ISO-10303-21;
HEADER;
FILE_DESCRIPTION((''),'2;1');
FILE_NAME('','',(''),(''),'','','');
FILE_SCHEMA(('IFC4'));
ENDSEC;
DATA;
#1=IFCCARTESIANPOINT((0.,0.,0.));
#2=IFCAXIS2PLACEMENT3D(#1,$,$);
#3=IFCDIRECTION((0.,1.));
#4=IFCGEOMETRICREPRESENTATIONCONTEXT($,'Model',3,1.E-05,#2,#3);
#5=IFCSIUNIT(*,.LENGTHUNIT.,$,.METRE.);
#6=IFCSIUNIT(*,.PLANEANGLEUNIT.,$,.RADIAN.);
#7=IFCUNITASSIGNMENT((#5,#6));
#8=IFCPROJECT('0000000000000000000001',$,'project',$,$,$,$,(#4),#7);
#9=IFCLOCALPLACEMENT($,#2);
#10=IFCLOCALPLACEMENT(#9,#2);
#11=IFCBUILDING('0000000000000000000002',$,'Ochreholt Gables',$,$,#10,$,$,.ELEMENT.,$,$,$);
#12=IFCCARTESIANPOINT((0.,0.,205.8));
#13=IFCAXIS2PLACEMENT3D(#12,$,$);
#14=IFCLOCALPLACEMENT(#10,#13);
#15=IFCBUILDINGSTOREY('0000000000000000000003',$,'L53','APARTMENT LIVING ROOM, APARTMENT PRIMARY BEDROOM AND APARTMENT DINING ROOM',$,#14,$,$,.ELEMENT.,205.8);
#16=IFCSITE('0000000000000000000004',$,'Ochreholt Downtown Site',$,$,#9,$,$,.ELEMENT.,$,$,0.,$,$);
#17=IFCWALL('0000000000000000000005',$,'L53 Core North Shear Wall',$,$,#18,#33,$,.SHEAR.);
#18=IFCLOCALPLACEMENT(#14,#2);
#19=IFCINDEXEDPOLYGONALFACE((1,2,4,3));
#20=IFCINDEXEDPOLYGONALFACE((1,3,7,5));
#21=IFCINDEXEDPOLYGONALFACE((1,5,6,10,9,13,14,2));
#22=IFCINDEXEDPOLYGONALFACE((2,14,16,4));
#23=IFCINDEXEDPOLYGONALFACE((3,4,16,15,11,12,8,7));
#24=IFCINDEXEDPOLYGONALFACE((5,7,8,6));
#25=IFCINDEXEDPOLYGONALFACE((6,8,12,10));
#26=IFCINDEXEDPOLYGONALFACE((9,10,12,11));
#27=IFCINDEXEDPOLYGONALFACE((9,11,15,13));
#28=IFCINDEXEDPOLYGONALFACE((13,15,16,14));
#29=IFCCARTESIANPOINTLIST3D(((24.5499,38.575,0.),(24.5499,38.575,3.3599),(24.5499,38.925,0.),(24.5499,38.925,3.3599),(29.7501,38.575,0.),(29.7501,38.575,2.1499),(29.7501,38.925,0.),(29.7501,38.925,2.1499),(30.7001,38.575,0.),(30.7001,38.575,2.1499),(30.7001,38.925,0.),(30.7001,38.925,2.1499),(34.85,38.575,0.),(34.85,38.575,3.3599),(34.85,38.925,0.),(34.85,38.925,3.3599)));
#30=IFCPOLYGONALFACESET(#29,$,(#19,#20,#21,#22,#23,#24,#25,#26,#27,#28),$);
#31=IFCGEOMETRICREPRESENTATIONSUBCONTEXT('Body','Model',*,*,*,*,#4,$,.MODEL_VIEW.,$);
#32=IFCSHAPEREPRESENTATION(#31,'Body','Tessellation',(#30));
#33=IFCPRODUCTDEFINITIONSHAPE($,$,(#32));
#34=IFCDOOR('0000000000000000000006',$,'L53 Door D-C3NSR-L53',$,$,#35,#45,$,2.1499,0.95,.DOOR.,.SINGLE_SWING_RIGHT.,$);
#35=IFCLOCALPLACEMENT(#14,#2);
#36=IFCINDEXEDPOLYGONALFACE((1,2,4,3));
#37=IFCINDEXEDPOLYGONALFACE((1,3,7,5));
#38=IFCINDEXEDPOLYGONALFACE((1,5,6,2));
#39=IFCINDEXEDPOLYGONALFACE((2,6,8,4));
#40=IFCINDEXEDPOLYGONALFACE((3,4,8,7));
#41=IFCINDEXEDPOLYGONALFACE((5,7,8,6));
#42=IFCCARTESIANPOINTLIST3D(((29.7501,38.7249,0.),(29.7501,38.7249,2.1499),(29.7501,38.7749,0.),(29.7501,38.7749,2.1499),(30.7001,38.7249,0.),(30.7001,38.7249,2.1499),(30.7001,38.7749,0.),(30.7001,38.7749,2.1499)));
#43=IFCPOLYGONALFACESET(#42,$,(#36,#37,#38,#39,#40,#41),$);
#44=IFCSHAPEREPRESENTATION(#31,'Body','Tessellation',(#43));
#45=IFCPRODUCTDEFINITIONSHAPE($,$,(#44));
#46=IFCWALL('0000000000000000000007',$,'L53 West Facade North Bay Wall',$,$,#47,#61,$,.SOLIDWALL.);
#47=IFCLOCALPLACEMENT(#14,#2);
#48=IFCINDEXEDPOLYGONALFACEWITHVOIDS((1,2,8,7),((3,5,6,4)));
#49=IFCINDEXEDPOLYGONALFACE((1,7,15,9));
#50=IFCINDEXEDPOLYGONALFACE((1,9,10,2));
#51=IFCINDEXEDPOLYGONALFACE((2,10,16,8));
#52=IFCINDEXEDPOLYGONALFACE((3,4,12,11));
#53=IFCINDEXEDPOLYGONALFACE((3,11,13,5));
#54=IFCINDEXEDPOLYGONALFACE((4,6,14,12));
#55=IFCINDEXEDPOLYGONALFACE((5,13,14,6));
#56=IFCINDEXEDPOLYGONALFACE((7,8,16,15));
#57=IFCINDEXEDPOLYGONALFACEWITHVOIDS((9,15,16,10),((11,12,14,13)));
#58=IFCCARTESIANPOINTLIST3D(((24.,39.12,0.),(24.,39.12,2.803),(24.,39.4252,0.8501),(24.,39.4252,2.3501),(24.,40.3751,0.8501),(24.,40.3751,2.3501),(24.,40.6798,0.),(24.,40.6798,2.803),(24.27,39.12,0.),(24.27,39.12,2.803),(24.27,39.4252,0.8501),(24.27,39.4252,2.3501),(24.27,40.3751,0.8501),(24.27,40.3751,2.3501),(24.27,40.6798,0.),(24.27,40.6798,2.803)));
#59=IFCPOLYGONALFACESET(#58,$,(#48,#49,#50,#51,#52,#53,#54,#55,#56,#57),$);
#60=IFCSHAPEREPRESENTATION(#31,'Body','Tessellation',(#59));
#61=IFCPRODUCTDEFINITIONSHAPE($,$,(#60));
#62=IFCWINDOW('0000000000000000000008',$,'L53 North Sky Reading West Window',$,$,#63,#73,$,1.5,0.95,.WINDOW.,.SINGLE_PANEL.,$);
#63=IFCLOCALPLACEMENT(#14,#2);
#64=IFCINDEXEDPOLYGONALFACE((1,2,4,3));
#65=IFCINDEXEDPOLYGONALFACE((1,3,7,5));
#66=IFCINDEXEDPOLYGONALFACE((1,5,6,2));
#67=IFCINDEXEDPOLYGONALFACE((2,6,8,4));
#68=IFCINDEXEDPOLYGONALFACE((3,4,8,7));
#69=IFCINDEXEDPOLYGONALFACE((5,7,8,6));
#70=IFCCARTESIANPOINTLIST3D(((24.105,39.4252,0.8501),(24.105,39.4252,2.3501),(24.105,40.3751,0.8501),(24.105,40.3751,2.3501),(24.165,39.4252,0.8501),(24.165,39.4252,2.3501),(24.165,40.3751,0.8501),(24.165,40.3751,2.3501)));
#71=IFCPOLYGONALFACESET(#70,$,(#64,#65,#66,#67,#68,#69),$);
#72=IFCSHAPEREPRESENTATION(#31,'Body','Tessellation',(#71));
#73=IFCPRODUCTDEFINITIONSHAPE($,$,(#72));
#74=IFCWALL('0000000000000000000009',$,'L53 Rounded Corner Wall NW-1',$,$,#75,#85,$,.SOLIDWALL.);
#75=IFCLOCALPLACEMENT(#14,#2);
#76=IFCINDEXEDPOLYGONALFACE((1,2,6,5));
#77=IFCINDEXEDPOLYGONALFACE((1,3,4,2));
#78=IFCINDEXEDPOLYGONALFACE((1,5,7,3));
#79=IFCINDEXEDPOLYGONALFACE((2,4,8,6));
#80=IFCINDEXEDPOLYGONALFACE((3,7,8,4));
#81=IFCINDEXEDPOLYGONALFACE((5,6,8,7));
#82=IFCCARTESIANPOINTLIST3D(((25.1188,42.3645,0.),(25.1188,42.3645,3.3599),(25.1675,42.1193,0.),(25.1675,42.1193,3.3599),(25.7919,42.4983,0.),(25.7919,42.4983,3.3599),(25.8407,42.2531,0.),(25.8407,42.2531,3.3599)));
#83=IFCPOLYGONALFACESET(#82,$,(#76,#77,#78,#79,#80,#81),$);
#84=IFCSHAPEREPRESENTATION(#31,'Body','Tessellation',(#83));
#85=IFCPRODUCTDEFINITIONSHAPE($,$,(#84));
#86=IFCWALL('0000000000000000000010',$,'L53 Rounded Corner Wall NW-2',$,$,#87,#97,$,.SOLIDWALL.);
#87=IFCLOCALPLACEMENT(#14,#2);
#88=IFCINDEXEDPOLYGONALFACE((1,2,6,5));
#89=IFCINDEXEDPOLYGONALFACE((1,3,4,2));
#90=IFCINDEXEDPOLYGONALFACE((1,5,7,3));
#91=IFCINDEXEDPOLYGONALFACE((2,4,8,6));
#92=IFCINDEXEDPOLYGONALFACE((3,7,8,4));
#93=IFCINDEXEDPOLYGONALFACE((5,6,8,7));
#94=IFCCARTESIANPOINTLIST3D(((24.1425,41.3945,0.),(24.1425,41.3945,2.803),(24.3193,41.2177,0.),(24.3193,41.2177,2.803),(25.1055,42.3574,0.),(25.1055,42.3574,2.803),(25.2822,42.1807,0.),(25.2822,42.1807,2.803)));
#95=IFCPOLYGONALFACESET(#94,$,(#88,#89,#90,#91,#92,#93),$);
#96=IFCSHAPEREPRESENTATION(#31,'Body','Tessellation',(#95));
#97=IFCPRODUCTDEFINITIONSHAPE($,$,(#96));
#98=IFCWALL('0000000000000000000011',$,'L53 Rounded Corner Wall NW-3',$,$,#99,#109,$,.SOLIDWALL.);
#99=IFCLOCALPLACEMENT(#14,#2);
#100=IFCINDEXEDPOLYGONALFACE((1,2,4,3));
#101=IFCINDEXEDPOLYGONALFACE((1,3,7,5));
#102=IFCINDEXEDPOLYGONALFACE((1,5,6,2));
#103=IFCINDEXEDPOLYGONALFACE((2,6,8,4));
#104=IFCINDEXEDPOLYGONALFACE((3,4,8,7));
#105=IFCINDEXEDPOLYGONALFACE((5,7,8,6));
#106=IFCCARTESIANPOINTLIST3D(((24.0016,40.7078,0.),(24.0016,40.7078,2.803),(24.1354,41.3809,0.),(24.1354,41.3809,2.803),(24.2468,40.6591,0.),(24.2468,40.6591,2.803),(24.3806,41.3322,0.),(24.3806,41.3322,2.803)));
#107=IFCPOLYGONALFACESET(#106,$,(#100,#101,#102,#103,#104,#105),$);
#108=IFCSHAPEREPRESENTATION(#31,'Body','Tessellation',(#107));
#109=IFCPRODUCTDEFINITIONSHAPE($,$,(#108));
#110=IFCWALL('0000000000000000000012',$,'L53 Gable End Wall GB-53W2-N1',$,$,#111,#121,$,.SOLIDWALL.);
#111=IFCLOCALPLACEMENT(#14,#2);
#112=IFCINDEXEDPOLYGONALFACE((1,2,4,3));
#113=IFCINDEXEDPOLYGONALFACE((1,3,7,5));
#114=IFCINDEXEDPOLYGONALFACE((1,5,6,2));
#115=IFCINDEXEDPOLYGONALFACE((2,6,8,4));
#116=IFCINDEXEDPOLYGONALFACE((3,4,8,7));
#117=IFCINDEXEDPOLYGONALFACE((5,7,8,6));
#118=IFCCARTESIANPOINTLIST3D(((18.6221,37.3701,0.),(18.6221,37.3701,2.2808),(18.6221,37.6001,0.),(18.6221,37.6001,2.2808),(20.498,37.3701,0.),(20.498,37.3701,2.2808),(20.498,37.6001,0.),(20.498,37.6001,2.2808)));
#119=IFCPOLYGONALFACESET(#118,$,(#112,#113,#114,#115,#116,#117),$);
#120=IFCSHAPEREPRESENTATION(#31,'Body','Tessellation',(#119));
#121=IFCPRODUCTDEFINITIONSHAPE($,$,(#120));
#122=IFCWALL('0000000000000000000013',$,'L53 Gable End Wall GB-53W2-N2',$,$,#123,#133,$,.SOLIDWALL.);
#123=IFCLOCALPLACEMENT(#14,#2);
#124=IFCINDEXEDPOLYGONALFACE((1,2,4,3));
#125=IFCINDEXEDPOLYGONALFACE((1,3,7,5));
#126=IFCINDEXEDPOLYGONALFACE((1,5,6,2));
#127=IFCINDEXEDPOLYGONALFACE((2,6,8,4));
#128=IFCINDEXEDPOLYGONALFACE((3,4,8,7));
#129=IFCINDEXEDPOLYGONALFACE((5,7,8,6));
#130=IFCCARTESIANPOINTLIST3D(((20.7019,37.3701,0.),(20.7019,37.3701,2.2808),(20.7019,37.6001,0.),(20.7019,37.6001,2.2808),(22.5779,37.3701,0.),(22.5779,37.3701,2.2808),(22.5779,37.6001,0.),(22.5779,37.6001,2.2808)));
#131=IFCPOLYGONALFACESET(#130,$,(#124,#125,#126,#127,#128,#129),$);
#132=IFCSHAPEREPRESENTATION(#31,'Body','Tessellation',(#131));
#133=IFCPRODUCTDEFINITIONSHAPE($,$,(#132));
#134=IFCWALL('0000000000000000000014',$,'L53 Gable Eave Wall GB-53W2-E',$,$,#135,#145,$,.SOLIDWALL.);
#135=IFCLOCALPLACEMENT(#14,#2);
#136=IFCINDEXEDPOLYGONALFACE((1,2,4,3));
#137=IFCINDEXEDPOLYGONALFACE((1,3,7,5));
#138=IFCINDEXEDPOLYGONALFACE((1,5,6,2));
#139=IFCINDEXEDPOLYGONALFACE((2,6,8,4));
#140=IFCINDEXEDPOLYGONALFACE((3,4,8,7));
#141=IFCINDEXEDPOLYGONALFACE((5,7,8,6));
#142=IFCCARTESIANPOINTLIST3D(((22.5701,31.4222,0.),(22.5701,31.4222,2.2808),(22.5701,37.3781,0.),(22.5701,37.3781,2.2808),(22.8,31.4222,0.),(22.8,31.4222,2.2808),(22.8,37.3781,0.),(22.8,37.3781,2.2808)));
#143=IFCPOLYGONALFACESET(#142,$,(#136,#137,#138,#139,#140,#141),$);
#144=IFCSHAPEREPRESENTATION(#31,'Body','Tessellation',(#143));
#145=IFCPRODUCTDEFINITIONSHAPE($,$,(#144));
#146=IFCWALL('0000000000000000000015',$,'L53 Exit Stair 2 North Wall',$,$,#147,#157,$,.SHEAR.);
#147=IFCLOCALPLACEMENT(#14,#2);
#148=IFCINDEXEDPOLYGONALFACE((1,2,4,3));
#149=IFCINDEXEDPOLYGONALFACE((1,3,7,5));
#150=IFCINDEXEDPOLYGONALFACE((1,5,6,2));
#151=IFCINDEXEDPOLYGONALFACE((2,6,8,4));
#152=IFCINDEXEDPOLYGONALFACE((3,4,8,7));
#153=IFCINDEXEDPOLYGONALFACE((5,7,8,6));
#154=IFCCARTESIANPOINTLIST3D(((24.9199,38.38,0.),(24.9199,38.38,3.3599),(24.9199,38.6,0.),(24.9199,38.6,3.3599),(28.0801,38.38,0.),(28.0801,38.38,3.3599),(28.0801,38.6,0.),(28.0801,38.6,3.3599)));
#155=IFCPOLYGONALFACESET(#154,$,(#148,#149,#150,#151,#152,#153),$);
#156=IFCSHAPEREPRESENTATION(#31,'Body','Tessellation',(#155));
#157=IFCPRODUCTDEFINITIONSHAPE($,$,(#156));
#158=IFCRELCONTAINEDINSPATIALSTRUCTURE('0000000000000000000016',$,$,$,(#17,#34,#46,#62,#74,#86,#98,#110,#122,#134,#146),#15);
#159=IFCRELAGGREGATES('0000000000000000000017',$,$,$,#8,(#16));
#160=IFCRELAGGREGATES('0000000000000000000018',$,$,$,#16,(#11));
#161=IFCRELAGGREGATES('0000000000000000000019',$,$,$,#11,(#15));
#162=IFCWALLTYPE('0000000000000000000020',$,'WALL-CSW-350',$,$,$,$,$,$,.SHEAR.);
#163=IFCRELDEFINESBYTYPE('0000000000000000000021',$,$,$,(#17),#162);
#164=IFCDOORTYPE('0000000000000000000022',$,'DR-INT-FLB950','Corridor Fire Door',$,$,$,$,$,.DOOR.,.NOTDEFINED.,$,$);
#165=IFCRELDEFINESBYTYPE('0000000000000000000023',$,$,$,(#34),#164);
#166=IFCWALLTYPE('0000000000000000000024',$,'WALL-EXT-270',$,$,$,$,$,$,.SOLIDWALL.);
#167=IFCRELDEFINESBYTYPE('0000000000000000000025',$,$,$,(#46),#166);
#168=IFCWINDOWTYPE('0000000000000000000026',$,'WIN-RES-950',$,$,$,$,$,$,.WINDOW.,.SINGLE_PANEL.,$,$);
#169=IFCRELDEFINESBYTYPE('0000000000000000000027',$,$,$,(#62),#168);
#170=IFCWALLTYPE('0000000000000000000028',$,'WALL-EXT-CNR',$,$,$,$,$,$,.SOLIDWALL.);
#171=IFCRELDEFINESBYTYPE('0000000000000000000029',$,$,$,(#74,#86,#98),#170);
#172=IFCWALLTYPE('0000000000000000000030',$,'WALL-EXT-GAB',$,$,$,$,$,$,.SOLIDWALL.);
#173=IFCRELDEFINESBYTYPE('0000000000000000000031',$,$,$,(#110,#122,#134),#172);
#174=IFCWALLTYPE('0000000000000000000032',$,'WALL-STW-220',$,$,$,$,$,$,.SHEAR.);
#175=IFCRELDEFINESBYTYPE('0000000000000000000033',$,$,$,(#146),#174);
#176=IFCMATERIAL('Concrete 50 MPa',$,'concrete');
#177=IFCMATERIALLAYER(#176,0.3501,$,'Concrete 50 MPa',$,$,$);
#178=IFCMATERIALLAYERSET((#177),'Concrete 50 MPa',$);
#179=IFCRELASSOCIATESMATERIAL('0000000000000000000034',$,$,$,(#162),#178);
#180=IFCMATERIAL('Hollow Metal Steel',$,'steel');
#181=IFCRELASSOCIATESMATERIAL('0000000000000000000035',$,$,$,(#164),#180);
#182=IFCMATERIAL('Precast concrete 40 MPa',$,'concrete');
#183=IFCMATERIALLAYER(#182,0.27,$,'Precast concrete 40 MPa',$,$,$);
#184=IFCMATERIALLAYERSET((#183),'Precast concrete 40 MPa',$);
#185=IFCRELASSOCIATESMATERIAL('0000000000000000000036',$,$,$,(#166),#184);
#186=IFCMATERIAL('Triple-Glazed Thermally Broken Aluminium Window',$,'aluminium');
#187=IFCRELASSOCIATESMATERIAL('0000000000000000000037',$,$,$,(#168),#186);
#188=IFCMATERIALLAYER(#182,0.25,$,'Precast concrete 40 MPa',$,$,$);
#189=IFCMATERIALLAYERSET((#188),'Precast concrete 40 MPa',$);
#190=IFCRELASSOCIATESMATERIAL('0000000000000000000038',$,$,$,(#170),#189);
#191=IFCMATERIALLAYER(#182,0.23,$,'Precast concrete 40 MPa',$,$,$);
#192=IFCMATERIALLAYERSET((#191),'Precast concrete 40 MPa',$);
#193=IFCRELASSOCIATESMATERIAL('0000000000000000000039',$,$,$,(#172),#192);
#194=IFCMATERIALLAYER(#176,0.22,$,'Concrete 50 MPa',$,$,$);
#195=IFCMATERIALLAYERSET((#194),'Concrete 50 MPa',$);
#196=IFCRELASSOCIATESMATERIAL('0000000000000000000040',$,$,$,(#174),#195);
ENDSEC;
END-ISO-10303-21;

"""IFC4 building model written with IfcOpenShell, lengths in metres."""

from ifc_helpers import new_model, si_unit, direction, frame, frame_2d, origin, place, context, subcontext, project, spatial, rectangle, extrude, material, layer, layer_set, type_object, element, fill, save


model = new_model("IFC4")

# Units and contexts
model_context = context("Model", 3, precision=1e-05, world=origin(), true_north=direction((0.0, 1.0)))
body_context = subcontext(model_context, "Body", "Model", "MODEL_VIEW")
ifc_project = project(units=[si_unit("LENGTHUNIT", "METRE"), si_unit("PLANEANGLEUNIT", "RADIAN")], contexts=[model_context])

# Site, building, storey
site_placement = place(None, origin())
site = spatial("IfcSite", under=ifc_project, at=site_placement, Name="Ochreholt Downtown Site", CompositionType="ELEMENT", RefElevation=0.0)
building_placement = place(site_placement, origin())
building = spatial("IfcBuilding", under=site, at=building_placement, Name="Ochreholt Gables", CompositionType="ELEMENT")
storey_placement = place(building_placement, frame((0.0, 0.0, 205.8)))
storey = spatial("IfcBuildingStorey", under=building, at=storey_placement, Name="L53", Description="APARTMENT LIVING ROOM, APARTMENT PRIMARY BEDROOM AND APARTMENT DINING ROOM", CompositionType="ELEMENT", Elevation=205.8)

# Shared definitions
ifc_material_1 = material(Name="Concrete 50 MPa", Category="concrete")

# Wall, opening, door
ifc_layer_1 = layer(ifc_material_1, 0.3501, Name="Concrete 50 MPa")
ifc_layer_set_1 = layer_set([ifc_layer_1], Name="Concrete 50 MPa")
wall_type_1 = type_object("IfcWallType", Name="WALL-CSW-350", PredefinedType="SHEAR", material=ifc_layer_set_1)
wall_1_placement = place(storey_placement, frame((24.55, 38.75, 0.0), z_axis=(0.0, 0.0, 1.0), x_axis=(1.0, 0.0, 0.0)))
wall_1 = element("IfcWall", 1, at=wall_1_placement, inside=storey, type_object=wall_type_1, Name="L53 Core North Shear Wall", PredefinedType="SHEAR", context=body_context, shape_type="SweptSolid", body=[
    extrude(rectangle(XDim=10.3, YDim=0.3501, at=frame_2d((5.1499, 0.0))), origin(), (0.0, 0.0, 1.0), 3.3599),
])
opening_1_placement = place(wall_1_placement, frame((5.2, 0.0, 0.0)))
opening_1 = element("IfcOpeningElement", 2, at=opening_1_placement, cuts=wall_1, PredefinedType="OPENING", context=body_context, shape_type="SweptSolid", body=[
    extrude(rectangle(XDim=0.95, YDim=2.1499, at=frame_2d((0.4751, 1.075))), frame((0.0, 0.1851, 0.0), z_axis=(0.0, -1.0, 0.0), x_axis=(1.0, 0.0, 0.0)), (0.0, 0.0, 1.0), 0.3701),
])
ifc_material_2 = material(Name="Hollow Metal Steel", Category="steel")
door_type = type_object("IfcDoorType", Name="DR-INT-FLB950", Description="Corridor Fire Door", OperationType="NOTDEFINED", PredefinedType="DOOR", material=ifc_material_2)
door_placement = place(opening_1_placement, origin())
door = element("IfcDoor", 3, at=door_placement, inside=storey, type_object=door_type, Name="L53 Door D-C3NSR-L53", OperationType="SINGLE_SWING_RIGHT", OverallHeight=2.1499, OverallWidth=0.95, PredefinedType="DOOR", context=body_context, shape_type="SweptSolid", body=[
    extrude(rectangle(XDim=0.95, YDim=2.1499, at=frame_2d((0.4751, 1.075))), frame((0.0, 0.0249, 0.0), z_axis=(0.0, -1.0, 0.0), x_axis=(1.0, 0.0, 0.0)), (0.0, 0.0, 1.0), 0.05),
])
fill(opening_1, door)

# Wall, opening, window
ifc_material_3 = material(Name="Precast concrete 40 MPa", Category="concrete")
ifc_layer_2 = layer(ifc_material_3, 0.27, Name="Precast concrete 40 MPa")
ifc_layer_set_2 = layer_set([ifc_layer_2], Name="Precast concrete 40 MPa")
wall_type_2 = type_object("IfcWallType", Name="WALL-EXT-270", PredefinedType="SOLIDWALL", material=ifc_layer_set_2)
wall_2_placement = place(storey_placement, frame((24.135, 39.1201, 0.0), z_axis=(0.0, 0.0, 1.0), x_axis=(0.0, 1.0, 0.0)))
wall_2 = element("IfcWall", 4, at=wall_2_placement, inside=storey, type_object=wall_type_2, Name="L53 West Facade North Bay Wall", PredefinedType="SOLIDWALL", context=body_context, shape_type="SweptSolid", body=[
    extrude(rectangle(XDim=1.5598, YDim=0.27, at=frame_2d((0.7798, 0.0))), origin(), (0.0, 0.0, 1.0), 2.803),
])
opening_2_placement = place(wall_2_placement, frame((0.3049, 0.0, 0.8501)))
opening_2 = element("IfcOpeningElement", 5, at=opening_2_placement, cuts=wall_2, PredefinedType="OPENING", context=body_context, shape_type="SweptSolid", body=[
    extrude(rectangle(XDim=0.95, YDim=1.5, at=frame_2d((0.4751, 0.75))), frame((0.0, 0.145, 0.0), z_axis=(0.0, -1.0, 0.0), x_axis=(1.0, 0.0, 0.0)), (0.0, 0.0, 1.0), 0.29),
])
ifc_material_4 = material(Name="Triple-Glazed Thermally Broken Aluminium Window", Category="aluminium")
window_type = type_object("IfcWindowType", Name="WIN-RES-950", PartitioningType="SINGLE_PANEL", PredefinedType="WINDOW", material=ifc_material_4)
window_placement = place(opening_2_placement, origin())
window = element("IfcWindow", 6, at=window_placement, inside=storey, type_object=window_type, Name="L53 North Sky Reading West Window", OverallHeight=1.5, OverallWidth=0.95, PartitioningType="SINGLE_PANEL", PredefinedType="WINDOW", context=body_context, shape_type="SweptSolid", body=[
    extrude(rectangle(XDim=0.95, YDim=1.5, at=frame_2d((0.4751, 0.75))), frame((0.0, 0.03, 0.0), z_axis=(0.0, -1.0, 0.0), x_axis=(1.0, 0.0, 0.0)), (0.0, 0.0, 1.0), 0.0601),
])
fill(opening_2, window)

# Walls
ifc_layer_3 = layer(ifc_material_3, 0.25, Name="Precast concrete 40 MPa")
ifc_layer_set_3 = layer_set([ifc_layer_3], Name="Precast concrete 40 MPa")
wall_type_3 = type_object("IfcWallType", Name="WALL-EXT-CNR", PredefinedType="SOLIDWALL", material=ifc_layer_set_3)
wall_3_placement = place(storey_placement, frame((25.8164, 42.3757, 0.0), z_axis=(0.0, 0.0, 1.0), x_axis=(-0.980813, -0.194953, 0.0)))
element("IfcWall", 7, at=wall_3_placement, inside=storey, type_object=wall_type_3, Name="L53 Rounded Corner Wall NW-1", PredefinedType="SOLIDWALL", context=body_context, shape_type="SweptSolid", body=[
    extrude(rectangle(XDim=0.6863, YDim=0.25, at=frame_2d((0.3433, 0.0))), origin(), (0.0, 0.0, 1.0), 3.3599),
])
wall_4_placement = place(storey_placement, frame((25.1938, 42.269, 0.0), z_axis=(0.0, 0.0, 1.0), x_axis=(-0.707107, -0.707107, 0.0)))
element("IfcWall", 8, at=wall_4_placement, inside=storey, type_object=wall_type_3, Name="L53 Rounded Corner Wall NW-2", PredefinedType="SOLIDWALL", context=body_context, shape_type="SweptSolid", body=[
    extrude(rectangle(XDim=1.3618, YDim=0.25, at=frame_2d((0.6809, 0.0))), origin(), (0.0, 0.0, 1.0), 2.803),
])
wall_5_placement = place(storey_placement, frame((24.2581, 41.3567, 0.0), z_axis=(0.0, 0.0, 1.0), x_axis=(-0.194953, -0.980813, 0.0)))
element("IfcWall", 9, at=wall_5_placement, inside=storey, type_object=wall_type_3, Name="L53 Rounded Corner Wall NW-3", PredefinedType="SOLIDWALL", context=body_context, shape_type="SweptSolid", body=[
    extrude(rectangle(XDim=0.6863, YDim=0.25, at=frame_2d((0.3433, 0.0))), origin(), (0.0, 0.0, 1.0), 2.803),
])
ifc_layer_4 = layer(ifc_material_3, 0.23, Name="Precast concrete 40 MPa")
ifc_layer_set_4 = layer_set([ifc_layer_4], Name="Precast concrete 40 MPa")
wall_type_4 = type_object("IfcWallType", Name="WALL-EXT-GAB", PredefinedType="SOLIDWALL", material=ifc_layer_set_4)
for number, where, z_axis, x_axis, name in (
    (10, (18.6221, 37.4851, 0.0), (0.0, 0.0, 1.0), (1.0, 0.0, 0.0), "L53 Gable End Wall GB-53W2-N1"),
    (11, (20.7019, 37.4851, 0.0), (0.0, 0.0, 1.0), (1.0, 0.0, 0.0), "L53 Gable End Wall GB-53W2-N2"),
):
    element("IfcWall", number, at=place(storey_placement, frame(where, z_axis=z_axis, x_axis=x_axis)), inside=storey, type_object=wall_type_4, Name=name, PredefinedType="SOLIDWALL", context=body_context, shape_type="SweptSolid", body=[
        extrude(rectangle(XDim=1.876, YDim=0.23, at=frame_2d((0.938, 0.0))), origin(), (0.0, 0.0, 1.0), 2.2808),
    ])
wall_6_placement = place(storey_placement, frame((22.6851, 31.4221, 0.0), z_axis=(0.0, 0.0, 1.0), x_axis=(0.0, 1.0, 0.0)))
element("IfcWall", 12, at=wall_6_placement, inside=storey, type_object=wall_type_4, Name="L53 Gable Eave Wall GB-53W2-E", PredefinedType="SOLIDWALL", context=body_context, shape_type="SweptSolid", body=[
    extrude(rectangle(XDim=5.9558, YDim=0.23, at=frame_2d((2.978, 0.0))), origin(), (0.0, 0.0, 1.0), 2.2808),
])
ifc_layer_5 = layer(ifc_material_1, 0.22, Name="Concrete 50 MPa")
ifc_layer_set_5 = layer_set([ifc_layer_5], Name="Concrete 50 MPa")
wall_type_5 = type_object("IfcWallType", Name="WALL-STW-220", PredefinedType="SHEAR", material=ifc_layer_set_5)
wall_7_placement = place(storey_placement, frame((24.9199, 38.49, 0.0), z_axis=(0.0, 0.0, 1.0), x_axis=(1.0, 0.0, 0.0)))
element("IfcWall", 13, at=wall_7_placement, inside=storey, type_object=wall_type_5, Name="L53 Exit Stair 2 North Wall", PredefinedType="SHEAR", context=body_context, shape_type="SweptSolid", body=[
    extrude(rectangle(XDim=3.1602, YDim=0.22, at=frame_2d((1.5801, 0.0))), origin(), (0.0, 0.0, 1.0), 3.3599),
])

save(model, "model.ifc")
